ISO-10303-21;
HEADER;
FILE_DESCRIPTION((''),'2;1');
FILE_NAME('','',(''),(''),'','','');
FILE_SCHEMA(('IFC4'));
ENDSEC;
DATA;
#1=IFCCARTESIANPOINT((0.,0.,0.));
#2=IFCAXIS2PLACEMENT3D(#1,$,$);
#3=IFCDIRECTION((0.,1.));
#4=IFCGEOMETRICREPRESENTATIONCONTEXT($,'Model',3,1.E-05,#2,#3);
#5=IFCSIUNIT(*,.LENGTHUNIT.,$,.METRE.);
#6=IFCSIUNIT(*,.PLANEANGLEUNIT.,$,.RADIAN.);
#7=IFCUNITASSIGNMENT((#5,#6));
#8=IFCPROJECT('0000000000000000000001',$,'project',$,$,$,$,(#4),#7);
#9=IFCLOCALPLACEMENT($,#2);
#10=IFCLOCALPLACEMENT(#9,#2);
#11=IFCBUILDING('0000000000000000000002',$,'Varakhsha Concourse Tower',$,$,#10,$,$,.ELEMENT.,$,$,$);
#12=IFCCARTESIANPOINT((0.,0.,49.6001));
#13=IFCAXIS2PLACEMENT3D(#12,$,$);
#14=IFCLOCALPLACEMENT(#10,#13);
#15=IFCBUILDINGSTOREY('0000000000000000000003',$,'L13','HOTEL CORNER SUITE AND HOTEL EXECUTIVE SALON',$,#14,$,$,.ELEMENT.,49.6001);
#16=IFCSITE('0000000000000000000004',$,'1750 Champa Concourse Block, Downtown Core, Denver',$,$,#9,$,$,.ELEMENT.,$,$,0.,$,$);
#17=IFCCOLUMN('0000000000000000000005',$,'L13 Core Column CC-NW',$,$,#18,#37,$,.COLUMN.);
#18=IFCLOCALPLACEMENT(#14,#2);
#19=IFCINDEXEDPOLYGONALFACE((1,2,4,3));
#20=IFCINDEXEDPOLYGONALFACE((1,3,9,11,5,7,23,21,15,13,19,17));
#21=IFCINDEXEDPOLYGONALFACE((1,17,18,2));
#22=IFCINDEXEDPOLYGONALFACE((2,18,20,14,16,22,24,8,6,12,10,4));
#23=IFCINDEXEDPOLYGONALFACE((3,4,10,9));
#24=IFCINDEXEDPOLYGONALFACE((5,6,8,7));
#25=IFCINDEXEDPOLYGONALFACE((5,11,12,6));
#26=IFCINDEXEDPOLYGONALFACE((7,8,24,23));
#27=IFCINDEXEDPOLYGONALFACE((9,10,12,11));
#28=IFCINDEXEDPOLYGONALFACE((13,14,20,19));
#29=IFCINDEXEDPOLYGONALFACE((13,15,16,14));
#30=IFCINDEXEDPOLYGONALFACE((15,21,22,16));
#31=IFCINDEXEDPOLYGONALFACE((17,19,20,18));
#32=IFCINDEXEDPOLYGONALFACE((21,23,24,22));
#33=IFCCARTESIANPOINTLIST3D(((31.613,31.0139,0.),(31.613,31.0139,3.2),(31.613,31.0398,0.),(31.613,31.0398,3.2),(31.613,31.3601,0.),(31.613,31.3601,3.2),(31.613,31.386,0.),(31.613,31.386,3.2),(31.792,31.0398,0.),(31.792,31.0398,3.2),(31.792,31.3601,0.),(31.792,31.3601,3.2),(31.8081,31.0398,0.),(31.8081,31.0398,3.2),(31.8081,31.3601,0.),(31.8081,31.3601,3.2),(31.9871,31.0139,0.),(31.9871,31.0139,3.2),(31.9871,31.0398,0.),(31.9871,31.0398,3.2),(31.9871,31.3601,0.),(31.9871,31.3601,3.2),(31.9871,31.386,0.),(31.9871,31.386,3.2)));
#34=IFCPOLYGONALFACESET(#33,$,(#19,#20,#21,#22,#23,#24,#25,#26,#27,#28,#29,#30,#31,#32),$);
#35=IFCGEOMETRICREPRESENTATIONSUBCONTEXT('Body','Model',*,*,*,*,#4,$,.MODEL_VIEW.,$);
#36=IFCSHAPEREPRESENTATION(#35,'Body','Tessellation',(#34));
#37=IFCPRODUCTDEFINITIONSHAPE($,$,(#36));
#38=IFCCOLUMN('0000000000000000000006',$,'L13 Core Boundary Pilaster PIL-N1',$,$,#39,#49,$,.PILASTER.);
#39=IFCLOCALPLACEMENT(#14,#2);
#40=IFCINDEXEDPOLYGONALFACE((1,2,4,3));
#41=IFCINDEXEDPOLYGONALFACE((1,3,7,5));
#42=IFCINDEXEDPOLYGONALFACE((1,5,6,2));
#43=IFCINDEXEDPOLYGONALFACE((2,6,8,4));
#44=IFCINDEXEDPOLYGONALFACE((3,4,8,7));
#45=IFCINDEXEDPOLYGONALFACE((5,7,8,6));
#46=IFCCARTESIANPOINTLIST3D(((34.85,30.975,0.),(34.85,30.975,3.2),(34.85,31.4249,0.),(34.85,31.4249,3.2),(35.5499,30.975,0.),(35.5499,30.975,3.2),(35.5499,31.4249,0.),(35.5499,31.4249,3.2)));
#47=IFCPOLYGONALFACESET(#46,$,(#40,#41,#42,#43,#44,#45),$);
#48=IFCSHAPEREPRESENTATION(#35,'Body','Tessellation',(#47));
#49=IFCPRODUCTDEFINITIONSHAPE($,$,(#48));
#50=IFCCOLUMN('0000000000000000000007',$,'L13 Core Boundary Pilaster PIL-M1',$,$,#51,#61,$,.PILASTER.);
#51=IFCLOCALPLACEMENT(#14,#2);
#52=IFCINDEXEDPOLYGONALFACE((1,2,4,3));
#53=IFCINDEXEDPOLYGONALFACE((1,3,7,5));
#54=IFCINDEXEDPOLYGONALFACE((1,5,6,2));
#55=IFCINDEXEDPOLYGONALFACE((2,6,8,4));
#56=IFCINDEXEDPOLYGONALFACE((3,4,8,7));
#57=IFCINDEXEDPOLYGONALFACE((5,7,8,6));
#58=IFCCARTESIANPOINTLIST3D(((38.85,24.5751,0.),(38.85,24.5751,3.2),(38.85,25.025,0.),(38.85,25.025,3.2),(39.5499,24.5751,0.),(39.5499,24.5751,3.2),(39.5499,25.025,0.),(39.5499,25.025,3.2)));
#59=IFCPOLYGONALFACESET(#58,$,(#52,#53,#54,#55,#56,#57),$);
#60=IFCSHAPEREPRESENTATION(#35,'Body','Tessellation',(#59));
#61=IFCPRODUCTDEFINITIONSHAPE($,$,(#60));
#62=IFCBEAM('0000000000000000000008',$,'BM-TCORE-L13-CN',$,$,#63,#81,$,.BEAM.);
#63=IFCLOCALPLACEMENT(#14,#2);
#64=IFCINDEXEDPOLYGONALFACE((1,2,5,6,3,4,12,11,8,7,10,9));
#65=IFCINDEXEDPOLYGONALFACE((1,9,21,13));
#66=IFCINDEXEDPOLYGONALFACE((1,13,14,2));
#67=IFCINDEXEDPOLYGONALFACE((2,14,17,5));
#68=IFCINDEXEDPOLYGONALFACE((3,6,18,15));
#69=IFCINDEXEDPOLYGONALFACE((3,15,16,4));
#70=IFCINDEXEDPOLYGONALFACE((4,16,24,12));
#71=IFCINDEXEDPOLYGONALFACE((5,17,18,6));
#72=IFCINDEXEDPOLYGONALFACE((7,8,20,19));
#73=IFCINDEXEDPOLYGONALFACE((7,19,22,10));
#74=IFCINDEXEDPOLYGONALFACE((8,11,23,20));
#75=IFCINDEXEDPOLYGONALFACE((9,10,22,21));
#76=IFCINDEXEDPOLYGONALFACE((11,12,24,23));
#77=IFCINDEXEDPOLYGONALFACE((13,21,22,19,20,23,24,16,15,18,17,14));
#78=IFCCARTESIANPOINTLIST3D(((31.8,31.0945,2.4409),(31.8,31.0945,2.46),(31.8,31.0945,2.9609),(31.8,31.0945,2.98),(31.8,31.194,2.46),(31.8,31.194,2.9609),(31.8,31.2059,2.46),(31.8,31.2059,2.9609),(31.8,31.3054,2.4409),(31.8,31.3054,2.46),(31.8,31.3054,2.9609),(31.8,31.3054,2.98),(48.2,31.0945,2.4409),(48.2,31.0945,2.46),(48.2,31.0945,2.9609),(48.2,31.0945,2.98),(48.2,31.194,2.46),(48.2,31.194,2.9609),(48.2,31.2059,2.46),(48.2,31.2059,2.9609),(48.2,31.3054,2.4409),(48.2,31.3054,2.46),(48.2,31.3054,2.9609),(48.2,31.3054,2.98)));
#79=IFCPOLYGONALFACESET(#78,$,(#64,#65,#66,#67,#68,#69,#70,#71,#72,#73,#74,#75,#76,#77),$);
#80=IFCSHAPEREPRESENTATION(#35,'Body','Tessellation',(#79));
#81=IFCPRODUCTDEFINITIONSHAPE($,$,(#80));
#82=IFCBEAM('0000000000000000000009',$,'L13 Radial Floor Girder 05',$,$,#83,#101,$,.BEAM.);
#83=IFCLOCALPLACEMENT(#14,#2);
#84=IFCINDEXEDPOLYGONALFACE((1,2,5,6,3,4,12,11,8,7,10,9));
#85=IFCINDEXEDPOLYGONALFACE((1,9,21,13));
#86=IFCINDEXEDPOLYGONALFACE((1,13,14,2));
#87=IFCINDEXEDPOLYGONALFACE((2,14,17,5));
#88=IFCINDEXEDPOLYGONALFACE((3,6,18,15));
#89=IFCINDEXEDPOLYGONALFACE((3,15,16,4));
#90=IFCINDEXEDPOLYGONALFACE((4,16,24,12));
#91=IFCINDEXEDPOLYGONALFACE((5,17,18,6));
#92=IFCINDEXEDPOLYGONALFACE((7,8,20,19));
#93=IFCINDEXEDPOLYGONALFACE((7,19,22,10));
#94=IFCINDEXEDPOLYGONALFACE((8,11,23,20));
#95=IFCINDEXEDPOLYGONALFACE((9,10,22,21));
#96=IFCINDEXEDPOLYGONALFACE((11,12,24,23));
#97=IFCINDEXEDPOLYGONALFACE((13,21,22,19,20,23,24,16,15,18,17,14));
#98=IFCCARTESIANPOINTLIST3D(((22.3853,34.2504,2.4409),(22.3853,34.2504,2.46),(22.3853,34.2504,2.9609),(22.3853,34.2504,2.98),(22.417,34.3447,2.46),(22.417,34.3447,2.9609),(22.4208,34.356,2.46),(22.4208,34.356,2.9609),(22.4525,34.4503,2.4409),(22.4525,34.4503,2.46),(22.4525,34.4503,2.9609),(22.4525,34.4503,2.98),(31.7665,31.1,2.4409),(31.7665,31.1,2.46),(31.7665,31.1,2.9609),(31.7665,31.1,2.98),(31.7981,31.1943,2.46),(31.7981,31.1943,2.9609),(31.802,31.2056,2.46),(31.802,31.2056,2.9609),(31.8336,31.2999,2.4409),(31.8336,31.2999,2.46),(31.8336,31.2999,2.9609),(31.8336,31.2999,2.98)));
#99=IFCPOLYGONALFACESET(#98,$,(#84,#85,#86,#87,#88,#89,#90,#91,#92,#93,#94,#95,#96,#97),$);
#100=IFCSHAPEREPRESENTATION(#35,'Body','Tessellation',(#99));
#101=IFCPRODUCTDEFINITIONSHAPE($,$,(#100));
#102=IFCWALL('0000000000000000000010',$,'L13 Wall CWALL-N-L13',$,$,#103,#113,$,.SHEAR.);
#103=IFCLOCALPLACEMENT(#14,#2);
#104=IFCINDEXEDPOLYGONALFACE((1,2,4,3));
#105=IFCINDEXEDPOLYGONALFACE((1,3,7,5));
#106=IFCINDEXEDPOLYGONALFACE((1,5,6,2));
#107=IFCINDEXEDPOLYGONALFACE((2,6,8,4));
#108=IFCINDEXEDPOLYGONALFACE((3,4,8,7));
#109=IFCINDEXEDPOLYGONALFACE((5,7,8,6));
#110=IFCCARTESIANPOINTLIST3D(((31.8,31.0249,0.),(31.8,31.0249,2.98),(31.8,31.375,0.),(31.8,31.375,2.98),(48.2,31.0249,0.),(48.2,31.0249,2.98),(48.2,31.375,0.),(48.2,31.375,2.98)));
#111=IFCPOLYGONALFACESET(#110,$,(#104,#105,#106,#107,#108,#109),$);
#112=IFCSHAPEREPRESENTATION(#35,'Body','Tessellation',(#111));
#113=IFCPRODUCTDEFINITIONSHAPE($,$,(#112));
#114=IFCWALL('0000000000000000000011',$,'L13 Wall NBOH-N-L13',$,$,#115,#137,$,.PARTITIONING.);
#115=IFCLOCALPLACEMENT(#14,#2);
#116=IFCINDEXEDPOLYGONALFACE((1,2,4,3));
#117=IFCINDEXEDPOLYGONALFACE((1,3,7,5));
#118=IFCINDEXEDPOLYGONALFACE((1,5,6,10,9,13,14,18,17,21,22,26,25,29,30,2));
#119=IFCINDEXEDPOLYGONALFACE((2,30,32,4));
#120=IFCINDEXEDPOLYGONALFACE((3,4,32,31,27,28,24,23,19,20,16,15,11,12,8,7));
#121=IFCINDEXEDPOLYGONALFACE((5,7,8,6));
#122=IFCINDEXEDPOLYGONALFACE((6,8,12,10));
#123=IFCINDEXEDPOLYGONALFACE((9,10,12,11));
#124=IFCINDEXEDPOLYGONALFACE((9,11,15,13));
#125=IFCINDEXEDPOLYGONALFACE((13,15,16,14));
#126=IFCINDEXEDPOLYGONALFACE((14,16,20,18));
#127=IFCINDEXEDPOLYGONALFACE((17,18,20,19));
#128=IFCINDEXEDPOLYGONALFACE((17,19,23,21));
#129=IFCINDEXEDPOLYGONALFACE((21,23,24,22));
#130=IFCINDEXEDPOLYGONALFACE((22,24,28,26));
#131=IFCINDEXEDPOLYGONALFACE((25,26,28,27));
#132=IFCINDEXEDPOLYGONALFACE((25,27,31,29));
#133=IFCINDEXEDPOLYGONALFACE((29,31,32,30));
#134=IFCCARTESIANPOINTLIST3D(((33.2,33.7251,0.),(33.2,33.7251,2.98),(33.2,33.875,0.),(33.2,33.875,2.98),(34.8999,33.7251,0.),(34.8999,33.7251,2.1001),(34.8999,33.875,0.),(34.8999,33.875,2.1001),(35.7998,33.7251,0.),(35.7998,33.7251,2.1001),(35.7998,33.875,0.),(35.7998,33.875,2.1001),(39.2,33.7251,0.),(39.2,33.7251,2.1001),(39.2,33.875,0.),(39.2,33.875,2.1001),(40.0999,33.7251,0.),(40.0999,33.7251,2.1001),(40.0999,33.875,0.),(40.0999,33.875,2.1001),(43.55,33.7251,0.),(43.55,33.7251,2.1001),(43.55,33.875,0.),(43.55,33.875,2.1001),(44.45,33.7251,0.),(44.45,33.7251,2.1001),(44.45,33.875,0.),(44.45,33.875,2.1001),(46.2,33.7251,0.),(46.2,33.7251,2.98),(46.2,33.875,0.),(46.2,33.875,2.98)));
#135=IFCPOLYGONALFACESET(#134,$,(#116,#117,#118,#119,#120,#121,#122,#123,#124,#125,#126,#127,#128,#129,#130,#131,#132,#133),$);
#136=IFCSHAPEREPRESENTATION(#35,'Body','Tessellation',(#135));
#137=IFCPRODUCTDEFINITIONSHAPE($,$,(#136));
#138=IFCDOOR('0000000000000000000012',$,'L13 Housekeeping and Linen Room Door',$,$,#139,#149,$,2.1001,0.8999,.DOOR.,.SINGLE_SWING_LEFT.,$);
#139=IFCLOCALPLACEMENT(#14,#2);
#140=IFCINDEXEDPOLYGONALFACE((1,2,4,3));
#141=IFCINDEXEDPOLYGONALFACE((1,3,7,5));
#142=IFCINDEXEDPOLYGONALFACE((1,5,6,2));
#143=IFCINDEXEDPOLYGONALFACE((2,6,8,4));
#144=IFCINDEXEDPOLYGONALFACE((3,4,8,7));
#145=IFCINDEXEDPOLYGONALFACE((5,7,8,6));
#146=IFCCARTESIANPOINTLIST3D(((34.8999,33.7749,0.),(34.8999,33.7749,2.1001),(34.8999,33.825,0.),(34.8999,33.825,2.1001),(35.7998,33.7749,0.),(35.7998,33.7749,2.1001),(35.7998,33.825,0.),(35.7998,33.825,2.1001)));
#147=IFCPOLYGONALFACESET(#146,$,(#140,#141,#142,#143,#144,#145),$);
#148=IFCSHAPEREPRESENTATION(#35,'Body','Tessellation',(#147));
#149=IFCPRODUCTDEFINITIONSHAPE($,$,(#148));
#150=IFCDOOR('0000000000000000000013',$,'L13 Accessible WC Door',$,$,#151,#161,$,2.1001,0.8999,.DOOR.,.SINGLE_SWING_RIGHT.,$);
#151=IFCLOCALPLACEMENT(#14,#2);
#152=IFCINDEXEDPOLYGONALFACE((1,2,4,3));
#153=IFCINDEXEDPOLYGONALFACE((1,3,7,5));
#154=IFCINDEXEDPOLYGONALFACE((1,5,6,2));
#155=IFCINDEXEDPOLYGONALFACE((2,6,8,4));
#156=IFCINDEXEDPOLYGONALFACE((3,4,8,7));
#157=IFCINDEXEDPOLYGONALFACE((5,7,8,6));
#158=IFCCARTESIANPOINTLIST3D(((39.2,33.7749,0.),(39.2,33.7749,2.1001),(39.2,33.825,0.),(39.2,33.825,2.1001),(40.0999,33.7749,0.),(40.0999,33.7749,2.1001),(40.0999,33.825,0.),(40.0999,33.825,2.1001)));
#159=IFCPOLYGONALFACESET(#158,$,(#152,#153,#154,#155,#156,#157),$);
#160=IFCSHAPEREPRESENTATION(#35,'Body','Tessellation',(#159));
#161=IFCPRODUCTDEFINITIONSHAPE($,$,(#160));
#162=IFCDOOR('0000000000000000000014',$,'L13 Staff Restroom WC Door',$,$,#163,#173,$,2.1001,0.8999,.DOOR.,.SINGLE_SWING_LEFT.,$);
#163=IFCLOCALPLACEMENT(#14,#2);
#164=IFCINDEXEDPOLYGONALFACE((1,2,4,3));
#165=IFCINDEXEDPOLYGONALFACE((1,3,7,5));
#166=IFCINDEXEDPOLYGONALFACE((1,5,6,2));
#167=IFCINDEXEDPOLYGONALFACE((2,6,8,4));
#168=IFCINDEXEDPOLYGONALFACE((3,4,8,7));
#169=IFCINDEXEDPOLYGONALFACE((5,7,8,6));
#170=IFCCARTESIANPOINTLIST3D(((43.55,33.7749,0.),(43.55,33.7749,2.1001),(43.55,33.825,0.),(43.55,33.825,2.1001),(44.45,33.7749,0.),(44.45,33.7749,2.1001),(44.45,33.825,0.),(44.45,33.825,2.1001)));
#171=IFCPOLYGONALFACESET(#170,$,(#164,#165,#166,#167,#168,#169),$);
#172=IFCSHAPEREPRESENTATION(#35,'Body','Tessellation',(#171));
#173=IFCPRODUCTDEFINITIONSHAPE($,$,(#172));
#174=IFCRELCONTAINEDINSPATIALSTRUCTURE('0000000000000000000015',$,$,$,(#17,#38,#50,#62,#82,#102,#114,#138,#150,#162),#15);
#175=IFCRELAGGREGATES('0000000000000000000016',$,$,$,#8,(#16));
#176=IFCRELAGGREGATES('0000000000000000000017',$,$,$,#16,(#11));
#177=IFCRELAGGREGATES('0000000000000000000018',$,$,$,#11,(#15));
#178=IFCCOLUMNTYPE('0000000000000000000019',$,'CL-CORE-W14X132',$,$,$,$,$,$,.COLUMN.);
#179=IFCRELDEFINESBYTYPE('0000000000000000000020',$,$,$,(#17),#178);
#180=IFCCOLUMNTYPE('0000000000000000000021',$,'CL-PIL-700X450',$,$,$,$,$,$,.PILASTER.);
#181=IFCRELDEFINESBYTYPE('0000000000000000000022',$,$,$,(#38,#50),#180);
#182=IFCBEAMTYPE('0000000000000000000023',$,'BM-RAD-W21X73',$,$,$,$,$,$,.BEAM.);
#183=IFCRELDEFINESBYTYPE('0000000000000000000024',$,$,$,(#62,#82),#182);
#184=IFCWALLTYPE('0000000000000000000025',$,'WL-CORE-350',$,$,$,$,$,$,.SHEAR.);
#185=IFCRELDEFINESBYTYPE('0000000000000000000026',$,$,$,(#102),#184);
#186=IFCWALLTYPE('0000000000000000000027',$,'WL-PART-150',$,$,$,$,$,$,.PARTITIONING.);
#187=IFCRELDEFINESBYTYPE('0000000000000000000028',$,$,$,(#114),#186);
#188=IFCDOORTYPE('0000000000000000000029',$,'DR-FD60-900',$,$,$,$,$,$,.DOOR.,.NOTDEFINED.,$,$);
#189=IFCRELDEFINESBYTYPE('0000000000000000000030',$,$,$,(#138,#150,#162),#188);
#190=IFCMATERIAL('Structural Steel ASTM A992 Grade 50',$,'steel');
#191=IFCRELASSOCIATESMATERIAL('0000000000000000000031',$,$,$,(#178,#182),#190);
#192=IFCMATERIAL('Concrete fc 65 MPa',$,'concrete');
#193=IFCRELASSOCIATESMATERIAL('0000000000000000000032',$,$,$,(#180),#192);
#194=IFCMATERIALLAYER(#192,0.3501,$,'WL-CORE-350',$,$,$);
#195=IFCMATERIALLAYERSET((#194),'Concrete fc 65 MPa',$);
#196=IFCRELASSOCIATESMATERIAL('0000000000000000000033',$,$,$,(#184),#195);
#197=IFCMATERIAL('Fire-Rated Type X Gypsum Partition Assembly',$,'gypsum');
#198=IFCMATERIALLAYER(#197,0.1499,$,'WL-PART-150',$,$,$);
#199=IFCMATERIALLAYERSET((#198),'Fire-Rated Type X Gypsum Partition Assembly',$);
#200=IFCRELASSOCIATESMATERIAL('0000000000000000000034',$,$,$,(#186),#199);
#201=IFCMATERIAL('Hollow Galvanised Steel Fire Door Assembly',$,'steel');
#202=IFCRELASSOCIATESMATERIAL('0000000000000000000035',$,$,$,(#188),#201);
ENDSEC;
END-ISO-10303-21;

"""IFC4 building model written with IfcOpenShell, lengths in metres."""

from ifc_helpers import new_model, si_unit, direction, frame, frame_2d, origin, origin_2d, place, context, subcontext, project, spatial, rectangle, i_section, extrude, material, layer, layer_set, material_profile, profile_set, type_object, element, fill, save


model = new_model("IFC4")

# Units and contexts
model_context = context("Model", 3, precision=1e-05, world=origin(), true_north=direction((0.0, 1.0)))
body_context = subcontext(model_context, "Body", "Model", "MODEL_VIEW")
ifc_project = project(units=[si_unit("LENGTHUNIT", "METRE"), si_unit("PLANEANGLEUNIT", "RADIAN")], contexts=[model_context])

# Site, building, storey
site_placement = place(None, origin())
site = spatial("IfcSite", under=ifc_project, at=site_placement, Name="1750 Champa Concourse Block, Downtown Core, Denver", CompositionType="ELEMENT", RefElevation=0.0)
building_placement = place(site_placement, origin())
building = spatial("IfcBuilding", under=site, at=building_placement, Name="Varakhsha Concourse Tower", CompositionType="ELEMENT")
storey_placement = place(building_placement, frame((0.0, 0.0, 49.6001)))
storey = spatial("IfcBuildingStorey", under=building, at=storey_placement, Name="L13", Description="HOTEL CORNER SUITE AND HOTEL EXECUTIVE SALON", CompositionType="ELEMENT", Elevation=49.6001)

# Columns
ifc_material_1 = material(Name="Structural Steel ASTM A992 Grade 50", Category="steel")
ifc_material_profile_1 = material_profile(ifc_material_1, i_section(OverallWidth=0.374, OverallDepth=0.3721, WebThickness=0.0161, FlangeThickness=0.0259, at=origin_2d()), Name="W14X132")
ifc_profile_set_1 = profile_set([ifc_material_profile_1], Name="Structural Steel ASTM A992 Grade 50")
column_type_1 = type_object("IfcColumnType", Name="CL-CORE-W14X132", PredefinedType="COLUMN", material=ifc_profile_set_1)
column_placement = place(storey_placement, frame((31.8, 31.2, 0.0), z_axis=(0.0, 0.0, 1.0), x_axis=(1.0, 0.0, 0.0)))
element("IfcColumn", 1, at=column_placement, inside=storey, type_object=column_type_1, Name="L13 Core Column CC-NW", PredefinedType="COLUMN", context=body_context, shape_type="SweptSolid", body=[
    extrude(i_section(OverallWidth=0.374, OverallDepth=0.3721, WebThickness=0.0161, FlangeThickness=0.0259, at=origin_2d()), origin(), (0.0, 0.0, 1.0), 3.2),
])
ifc_material_2 = material(Name="Concrete fc 65 MPa", Category="concrete")
ifc_material_profile_2 = material_profile(ifc_material_2, rectangle(XDim=0.7, YDim=0.45, at=origin_2d()), Name="RC 700x450")
ifc_profile_set_2 = profile_set([ifc_material_profile_2], Name="Concrete fc 65 MPa")
column_type_2 = type_object("IfcColumnType", Name="CL-PIL-700X450", PredefinedType="PILASTER", material=ifc_profile_set_2)
for number, where, z_axis, x_axis, name in (
    (2, (35.2, 31.2, 0.0), (0.0, 0.0, 1.0), (1.0, 0.0, 0.0), "L13 Core Boundary Pilaster PIL-N1"),
    (3, (39.2, 24.8, 0.0), (0.0, 0.0, 1.0), (1.0, 0.0, 0.0), "L13 Core Boundary Pilaster PIL-M1"),
):
    element("IfcColumn", number, at=place(storey_placement, frame(where, z_axis=z_axis, x_axis=x_axis)), inside=storey, type_object=column_type_2, Name=name, PredefinedType="PILASTER", context=body_context, shape_type="SweptSolid", body=[
        extrude(rectangle(XDim=0.7, YDim=0.45, at=origin_2d()), origin(), (0.0, 0.0, 1.0), 3.2),
    ])

# Beams
ifc_material_profile_3 = material_profile(ifc_material_1, i_section(OverallWidth=0.2109, OverallDepth=0.5391, WebThickness=0.012, FlangeThickness=0.019, at=origin_2d()), Name="W21X73")
ifc_profile_set_3 = profile_set([ifc_material_profile_3], Name="Structural Steel ASTM A992 Grade 50")
beam_type = type_object("IfcBeamType", Name="BM-RAD-W21X73", PredefinedType="BEAM", material=ifc_profile_set_3)
beam_1_placement = place(storey_placement, frame((31.8, 31.2, 2.7104), z_axis=(1.0, 0.0, 0.0), x_axis=(0.0, 1.0, 0.0)))
element("IfcBeam", 4, at=beam_1_placement, inside=storey, type_object=beam_type, Name="BM-TCORE-L13-CN", PredefinedType="BEAM", context=body_context, shape_type="SweptSolid", body=[
    extrude(i_section(OverallWidth=0.2109, OverallDepth=0.5391, WebThickness=0.012, FlangeThickness=0.019, at=origin_2d()), origin(), (0.0, 0.0, 1.0), 16.3999),
])
beam_2_placement = place(storey_placement, frame((31.8, 31.2, 2.7104), z_axis=(-0.947973, 0.318351, 0.0), x_axis=(-0.318351, -0.947973, 0.0)))
element("IfcBeam", 5, at=beam_2_placement, inside=storey, type_object=beam_type, Name="L13 Radial Floor Girder 05", PredefinedType="BEAM", context=body_context, shape_type="SweptSolid", body=[
    extrude(i_section(OverallWidth=0.2109, OverallDepth=0.5391, WebThickness=0.012, FlangeThickness=0.019, at=origin_2d()), origin(), (0.0, 0.0, 1.0), 9.896),
])

# Wall
ifc_layer_1 = layer(ifc_material_2, 0.3501, Name="WL-CORE-350")
ifc_layer_set_1 = layer_set([ifc_layer_1], Name="Concrete fc 65 MPa")
wall_type_1 = type_object("IfcWallType", Name="WL-CORE-350", PredefinedType="SHEAR", material=ifc_layer_set_1)
wall_1_placement = place(storey_placement, frame((31.8, 31.2, 0.0), z_axis=(0.0, 0.0, 1.0), x_axis=(1.0, 0.0, 0.0)))
element("IfcWall", 6, at=wall_1_placement, inside=storey, type_object=wall_type_1, Name="L13 Wall CWALL-N-L13", PredefinedType="SHEAR", context=body_context, shape_type="SweptSolid", body=[
    extrude(rectangle(XDim=16.3999, YDim=0.3501, at=frame_2d((8.2, 0.0))), origin(), (0.0, 0.0, 1.0), 2.98),
])

# Wall, openings, doors
ifc_material_3 = material(Name="Fire-Rated Type X Gypsum Partition Assembly", Category="gypsum")
ifc_layer_2 = layer(ifc_material_3, 0.1499, Name="WL-PART-150")
ifc_layer_set_2 = layer_set([ifc_layer_2], Name="Fire-Rated Type X Gypsum Partition Assembly")
wall_type_2 = type_object("IfcWallType", Name="WL-PART-150", PredefinedType="PARTITIONING", material=ifc_layer_set_2)
wall_2_placement = place(storey_placement, frame((33.2, 33.8, 0.0), z_axis=(0.0, 0.0, 1.0), x_axis=(1.0, 0.0, 0.0)))
wall_2 = element("IfcWall", 7, at=wall_2_placement, inside=storey, type_object=wall_type_2, Name="L13 Wall NBOH-N-L13", PredefinedType="PARTITIONING", context=body_context, shape_type="SweptSolid", body=[
    extrude(rectangle(XDim=13.0, YDim=0.1499, at=frame_2d((6.5, 0.0))), origin(), (0.0, 0.0, 1.0), 2.98),
])
opening_1_placement = place(wall_2_placement, frame((1.7, 0.0, 0.0)))
opening_1 = element("IfcOpeningElement", 8, at=opening_1_placement, cuts=wall_2, PredefinedType="OPENING", context=body_context, shape_type="SweptSolid", body=[
    extrude(rectangle(XDim=0.8999, YDim=2.1001, at=frame_2d((0.45, 1.05))), frame((0.0, 0.085, 0.0), z_axis=(0.0, -1.0, 0.0), x_axis=(1.0, 0.0, 0.0)), (0.0, 0.0, 1.0), 0.1699),
])
opening_2_placement = place(wall_2_placement, frame((6.0, 0.0, 0.0)))
opening_2 = element("IfcOpeningElement", 9, at=opening_2_placement, cuts=wall_2, PredefinedType="OPENING", context=body_context, shape_type="SweptSolid", body=[
    extrude(rectangle(XDim=0.8999, YDim=2.1001, at=frame_2d((0.45, 1.05))), frame((0.0, 0.085, 0.0), z_axis=(0.0, -1.0, 0.0), x_axis=(1.0, 0.0, 0.0)), (0.0, 0.0, 1.0), 0.1699),
])
opening_3_placement = place(wall_2_placement, frame((10.3501, 0.0, 0.0)))
opening_3 = element("IfcOpeningElement", 10, at=opening_3_placement, cuts=wall_2, PredefinedType="OPENING", context=body_context, shape_type="SweptSolid", body=[
    extrude(rectangle(XDim=0.8999, YDim=2.1001, at=frame_2d((0.45, 1.05))), frame((0.0, 0.085, 0.0), z_axis=(0.0, -1.0, 0.0), x_axis=(1.0, 0.0, 0.0)), (0.0, 0.0, 1.0), 0.1699),
])
ifc_material_4 = material(Name="Hollow Galvanised Steel Fire Door Assembly", Category="steel")
door_type_1 = type_object("IfcDoorType", Name="DR-FD60-900", OperationType="NOTDEFINED", PredefinedType="DOOR", material=ifc_material_4)
door_1_placement = place(opening_1_placement, origin())
door_1 = element("IfcDoor", 11, at=door_1_placement, inside=storey, type_object=door_type_1, Name="L13 Housekeeping and Linen Room Door", OperationType="SINGLE_SWING_LEFT", OverallHeight=2.1001, OverallWidth=0.8999, PredefinedType="DOOR", context=body_context, shape_type="SweptSolid", body=[
    extrude(rectangle(XDim=0.8999, YDim=2.1001, at=frame_2d((0.45, 1.05))), frame((0.0, 0.0249, 0.0), z_axis=(0.0, -1.0, 0.0), x_axis=(1.0, 0.0, 0.0)), (0.0, 0.0, 1.0), 0.05),
])
fill(opening_1, door_1)
door_2_placement = place(opening_2_placement, origin())
door_2 = element("IfcDoor", 12, at=door_2_placement, inside=storey, type_object=door_type_1, Name="L13 Accessible WC Door", OperationType="SINGLE_SWING_RIGHT", OverallHeight=2.1001, OverallWidth=0.8999, PredefinedType="DOOR", context=body_context, shape_type="SweptSolid", body=[
    extrude(rectangle(XDim=0.8999, YDim=2.1001, at=frame_2d((0.45, 1.05))), frame((0.0, 0.0249, 0.0), z_axis=(0.0, -1.0, 0.0), x_axis=(1.0, 0.0, 0.0)), (0.0, 0.0, 1.0), 0.05),
])
fill(opening_2, door_2)
door_3_placement = place(opening_3_placement, origin())
door_3 = element("IfcDoor", 13, at=door_3_placement, inside=storey, type_object=door_type_1, Name="L13 Staff Restroom WC Door", OperationType="SINGLE_SWING_LEFT", OverallHeight=2.1001, OverallWidth=0.8999, PredefinedType="DOOR", context=body_context, shape_type="SweptSolid", body=[
    extrude(rectangle(XDim=0.8999, YDim=2.1001, at=frame_2d((0.45, 1.05))), frame((0.0, 0.0249, 0.0), z_axis=(0.0, -1.0, 0.0), x_axis=(1.0, 0.0, 0.0)), (0.0, 0.0, 1.0), 0.05),
])
fill(opening_3, door_3)

save(model, "model.ifc")
